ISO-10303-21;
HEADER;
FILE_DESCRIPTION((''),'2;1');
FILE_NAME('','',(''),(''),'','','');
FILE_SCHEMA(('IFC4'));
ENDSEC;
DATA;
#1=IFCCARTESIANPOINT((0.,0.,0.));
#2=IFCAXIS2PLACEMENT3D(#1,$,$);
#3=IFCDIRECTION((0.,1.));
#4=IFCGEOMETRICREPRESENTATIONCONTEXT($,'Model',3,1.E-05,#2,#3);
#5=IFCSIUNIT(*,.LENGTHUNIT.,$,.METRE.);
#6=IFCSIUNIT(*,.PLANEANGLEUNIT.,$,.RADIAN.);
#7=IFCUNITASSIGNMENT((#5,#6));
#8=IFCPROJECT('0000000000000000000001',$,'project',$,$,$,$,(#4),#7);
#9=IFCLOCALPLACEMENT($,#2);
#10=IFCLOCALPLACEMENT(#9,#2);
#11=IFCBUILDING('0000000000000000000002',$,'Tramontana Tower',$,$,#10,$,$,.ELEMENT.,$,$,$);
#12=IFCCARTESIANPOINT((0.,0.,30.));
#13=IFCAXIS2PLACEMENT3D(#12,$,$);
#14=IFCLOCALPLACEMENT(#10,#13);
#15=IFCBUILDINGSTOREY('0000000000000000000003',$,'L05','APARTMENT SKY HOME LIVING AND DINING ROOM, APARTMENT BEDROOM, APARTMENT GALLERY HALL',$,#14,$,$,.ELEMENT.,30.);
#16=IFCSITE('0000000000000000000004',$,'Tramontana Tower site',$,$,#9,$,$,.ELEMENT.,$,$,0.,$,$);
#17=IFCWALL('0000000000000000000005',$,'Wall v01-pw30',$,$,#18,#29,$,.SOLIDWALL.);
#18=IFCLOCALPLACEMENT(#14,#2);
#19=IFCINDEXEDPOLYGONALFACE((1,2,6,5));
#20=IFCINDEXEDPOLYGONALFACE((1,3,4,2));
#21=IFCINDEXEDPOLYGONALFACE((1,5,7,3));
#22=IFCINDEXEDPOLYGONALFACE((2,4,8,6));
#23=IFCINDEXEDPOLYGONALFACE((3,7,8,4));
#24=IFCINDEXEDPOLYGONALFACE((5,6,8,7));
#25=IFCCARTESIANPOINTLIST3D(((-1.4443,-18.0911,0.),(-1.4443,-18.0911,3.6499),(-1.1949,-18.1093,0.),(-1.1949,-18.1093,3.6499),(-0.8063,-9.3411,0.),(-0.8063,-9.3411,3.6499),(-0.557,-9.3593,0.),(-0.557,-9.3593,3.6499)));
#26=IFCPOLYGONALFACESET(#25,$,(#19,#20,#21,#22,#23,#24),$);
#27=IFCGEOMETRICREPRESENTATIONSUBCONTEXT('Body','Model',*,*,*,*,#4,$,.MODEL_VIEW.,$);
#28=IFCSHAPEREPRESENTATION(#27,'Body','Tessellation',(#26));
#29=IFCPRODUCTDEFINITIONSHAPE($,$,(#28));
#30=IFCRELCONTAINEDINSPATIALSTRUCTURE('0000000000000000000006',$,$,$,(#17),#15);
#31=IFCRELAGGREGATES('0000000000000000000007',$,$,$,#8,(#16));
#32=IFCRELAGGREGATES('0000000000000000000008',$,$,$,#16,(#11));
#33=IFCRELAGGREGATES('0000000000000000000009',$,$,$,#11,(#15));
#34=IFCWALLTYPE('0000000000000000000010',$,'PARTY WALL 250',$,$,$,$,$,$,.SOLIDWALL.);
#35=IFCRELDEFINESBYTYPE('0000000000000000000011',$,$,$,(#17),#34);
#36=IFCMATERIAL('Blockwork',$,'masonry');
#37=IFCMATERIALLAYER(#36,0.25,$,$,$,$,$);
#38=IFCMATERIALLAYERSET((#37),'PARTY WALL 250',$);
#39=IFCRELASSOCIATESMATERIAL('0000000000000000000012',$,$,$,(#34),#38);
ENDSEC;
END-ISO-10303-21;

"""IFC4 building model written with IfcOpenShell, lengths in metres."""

from ifc_helpers import new_model, si_unit, direction, frame, frame_2d, origin, place, context, subcontext, project, spatial, rectangle, extrude, material, layer, layer_set, type_object, element, save


model = new_model("IFC4")

# Units and contexts
model_context = context("Model", 3, precision=1e-05, world=origin(), true_north=direction((0.0, 1.0)))
body_context = subcontext(model_context, "Body", "Model", "MODEL_VIEW")
ifc_project = project(units=[si_unit("LENGTHUNIT", "METRE"), si_unit("PLANEANGLEUNIT", "RADIAN")], contexts=[model_context])

# Site, building, storey
site_placement = place(None, origin())
site = spatial("IfcSite", under=ifc_project, at=site_placement, Name="Tramontana Tower site", CompositionType="ELEMENT", RefElevation=0.0)
building_placement = place(site_placement, origin())
building = spatial("IfcBuilding", under=site, at=building_placement, Name="Tramontana Tower", CompositionType="ELEMENT")
storey_placement = place(building_placement, frame((0.0, 0.0, 30.0)))
storey = spatial("IfcBuildingStorey", under=building, at=storey_placement, Name="L05", Description="APARTMENT SKY HOME LIVING AND DINING ROOM, APARTMENT BEDROOM, APARTMENT GALLERY HALL", CompositionType="ELEMENT", Elevation=30.0)

# Wall
ifc_material_1 = material(Name="Blockwork", Category="masonry")
ifc_layer_1 = layer(ifc_material_1, 0.25)
ifc_layer_set_1 = layer_set([ifc_layer_1], Name="PARTY WALL 250")
wall_type_1 = type_object("IfcWallType", Name="PARTY WALL 250", PredefinedType="SOLIDWALL", material=ifc_layer_set_1)
wall_1_placement = place(storey_placement, frame((-0.6816, -9.3501, 0.0), z_axis=(0.0, 0.0, 1.0), x_axis=(-0.072714, -0.997353, 0.0)))
element("IfcWall", 1, at=wall_1_placement, inside=storey, type_object=wall_type_1, Name="Wall v01-pw30", PredefinedType="SOLIDWALL", context=body_context, shape_type="SweptSolid", body=[
    extrude(rectangle(XDim=8.7732, YDim=0.25, at=frame_2d((4.3867, 0.0))), origin(), (0.0, 0.0, 1.0), 3.6499),
])

save(model, "model.ifc")
